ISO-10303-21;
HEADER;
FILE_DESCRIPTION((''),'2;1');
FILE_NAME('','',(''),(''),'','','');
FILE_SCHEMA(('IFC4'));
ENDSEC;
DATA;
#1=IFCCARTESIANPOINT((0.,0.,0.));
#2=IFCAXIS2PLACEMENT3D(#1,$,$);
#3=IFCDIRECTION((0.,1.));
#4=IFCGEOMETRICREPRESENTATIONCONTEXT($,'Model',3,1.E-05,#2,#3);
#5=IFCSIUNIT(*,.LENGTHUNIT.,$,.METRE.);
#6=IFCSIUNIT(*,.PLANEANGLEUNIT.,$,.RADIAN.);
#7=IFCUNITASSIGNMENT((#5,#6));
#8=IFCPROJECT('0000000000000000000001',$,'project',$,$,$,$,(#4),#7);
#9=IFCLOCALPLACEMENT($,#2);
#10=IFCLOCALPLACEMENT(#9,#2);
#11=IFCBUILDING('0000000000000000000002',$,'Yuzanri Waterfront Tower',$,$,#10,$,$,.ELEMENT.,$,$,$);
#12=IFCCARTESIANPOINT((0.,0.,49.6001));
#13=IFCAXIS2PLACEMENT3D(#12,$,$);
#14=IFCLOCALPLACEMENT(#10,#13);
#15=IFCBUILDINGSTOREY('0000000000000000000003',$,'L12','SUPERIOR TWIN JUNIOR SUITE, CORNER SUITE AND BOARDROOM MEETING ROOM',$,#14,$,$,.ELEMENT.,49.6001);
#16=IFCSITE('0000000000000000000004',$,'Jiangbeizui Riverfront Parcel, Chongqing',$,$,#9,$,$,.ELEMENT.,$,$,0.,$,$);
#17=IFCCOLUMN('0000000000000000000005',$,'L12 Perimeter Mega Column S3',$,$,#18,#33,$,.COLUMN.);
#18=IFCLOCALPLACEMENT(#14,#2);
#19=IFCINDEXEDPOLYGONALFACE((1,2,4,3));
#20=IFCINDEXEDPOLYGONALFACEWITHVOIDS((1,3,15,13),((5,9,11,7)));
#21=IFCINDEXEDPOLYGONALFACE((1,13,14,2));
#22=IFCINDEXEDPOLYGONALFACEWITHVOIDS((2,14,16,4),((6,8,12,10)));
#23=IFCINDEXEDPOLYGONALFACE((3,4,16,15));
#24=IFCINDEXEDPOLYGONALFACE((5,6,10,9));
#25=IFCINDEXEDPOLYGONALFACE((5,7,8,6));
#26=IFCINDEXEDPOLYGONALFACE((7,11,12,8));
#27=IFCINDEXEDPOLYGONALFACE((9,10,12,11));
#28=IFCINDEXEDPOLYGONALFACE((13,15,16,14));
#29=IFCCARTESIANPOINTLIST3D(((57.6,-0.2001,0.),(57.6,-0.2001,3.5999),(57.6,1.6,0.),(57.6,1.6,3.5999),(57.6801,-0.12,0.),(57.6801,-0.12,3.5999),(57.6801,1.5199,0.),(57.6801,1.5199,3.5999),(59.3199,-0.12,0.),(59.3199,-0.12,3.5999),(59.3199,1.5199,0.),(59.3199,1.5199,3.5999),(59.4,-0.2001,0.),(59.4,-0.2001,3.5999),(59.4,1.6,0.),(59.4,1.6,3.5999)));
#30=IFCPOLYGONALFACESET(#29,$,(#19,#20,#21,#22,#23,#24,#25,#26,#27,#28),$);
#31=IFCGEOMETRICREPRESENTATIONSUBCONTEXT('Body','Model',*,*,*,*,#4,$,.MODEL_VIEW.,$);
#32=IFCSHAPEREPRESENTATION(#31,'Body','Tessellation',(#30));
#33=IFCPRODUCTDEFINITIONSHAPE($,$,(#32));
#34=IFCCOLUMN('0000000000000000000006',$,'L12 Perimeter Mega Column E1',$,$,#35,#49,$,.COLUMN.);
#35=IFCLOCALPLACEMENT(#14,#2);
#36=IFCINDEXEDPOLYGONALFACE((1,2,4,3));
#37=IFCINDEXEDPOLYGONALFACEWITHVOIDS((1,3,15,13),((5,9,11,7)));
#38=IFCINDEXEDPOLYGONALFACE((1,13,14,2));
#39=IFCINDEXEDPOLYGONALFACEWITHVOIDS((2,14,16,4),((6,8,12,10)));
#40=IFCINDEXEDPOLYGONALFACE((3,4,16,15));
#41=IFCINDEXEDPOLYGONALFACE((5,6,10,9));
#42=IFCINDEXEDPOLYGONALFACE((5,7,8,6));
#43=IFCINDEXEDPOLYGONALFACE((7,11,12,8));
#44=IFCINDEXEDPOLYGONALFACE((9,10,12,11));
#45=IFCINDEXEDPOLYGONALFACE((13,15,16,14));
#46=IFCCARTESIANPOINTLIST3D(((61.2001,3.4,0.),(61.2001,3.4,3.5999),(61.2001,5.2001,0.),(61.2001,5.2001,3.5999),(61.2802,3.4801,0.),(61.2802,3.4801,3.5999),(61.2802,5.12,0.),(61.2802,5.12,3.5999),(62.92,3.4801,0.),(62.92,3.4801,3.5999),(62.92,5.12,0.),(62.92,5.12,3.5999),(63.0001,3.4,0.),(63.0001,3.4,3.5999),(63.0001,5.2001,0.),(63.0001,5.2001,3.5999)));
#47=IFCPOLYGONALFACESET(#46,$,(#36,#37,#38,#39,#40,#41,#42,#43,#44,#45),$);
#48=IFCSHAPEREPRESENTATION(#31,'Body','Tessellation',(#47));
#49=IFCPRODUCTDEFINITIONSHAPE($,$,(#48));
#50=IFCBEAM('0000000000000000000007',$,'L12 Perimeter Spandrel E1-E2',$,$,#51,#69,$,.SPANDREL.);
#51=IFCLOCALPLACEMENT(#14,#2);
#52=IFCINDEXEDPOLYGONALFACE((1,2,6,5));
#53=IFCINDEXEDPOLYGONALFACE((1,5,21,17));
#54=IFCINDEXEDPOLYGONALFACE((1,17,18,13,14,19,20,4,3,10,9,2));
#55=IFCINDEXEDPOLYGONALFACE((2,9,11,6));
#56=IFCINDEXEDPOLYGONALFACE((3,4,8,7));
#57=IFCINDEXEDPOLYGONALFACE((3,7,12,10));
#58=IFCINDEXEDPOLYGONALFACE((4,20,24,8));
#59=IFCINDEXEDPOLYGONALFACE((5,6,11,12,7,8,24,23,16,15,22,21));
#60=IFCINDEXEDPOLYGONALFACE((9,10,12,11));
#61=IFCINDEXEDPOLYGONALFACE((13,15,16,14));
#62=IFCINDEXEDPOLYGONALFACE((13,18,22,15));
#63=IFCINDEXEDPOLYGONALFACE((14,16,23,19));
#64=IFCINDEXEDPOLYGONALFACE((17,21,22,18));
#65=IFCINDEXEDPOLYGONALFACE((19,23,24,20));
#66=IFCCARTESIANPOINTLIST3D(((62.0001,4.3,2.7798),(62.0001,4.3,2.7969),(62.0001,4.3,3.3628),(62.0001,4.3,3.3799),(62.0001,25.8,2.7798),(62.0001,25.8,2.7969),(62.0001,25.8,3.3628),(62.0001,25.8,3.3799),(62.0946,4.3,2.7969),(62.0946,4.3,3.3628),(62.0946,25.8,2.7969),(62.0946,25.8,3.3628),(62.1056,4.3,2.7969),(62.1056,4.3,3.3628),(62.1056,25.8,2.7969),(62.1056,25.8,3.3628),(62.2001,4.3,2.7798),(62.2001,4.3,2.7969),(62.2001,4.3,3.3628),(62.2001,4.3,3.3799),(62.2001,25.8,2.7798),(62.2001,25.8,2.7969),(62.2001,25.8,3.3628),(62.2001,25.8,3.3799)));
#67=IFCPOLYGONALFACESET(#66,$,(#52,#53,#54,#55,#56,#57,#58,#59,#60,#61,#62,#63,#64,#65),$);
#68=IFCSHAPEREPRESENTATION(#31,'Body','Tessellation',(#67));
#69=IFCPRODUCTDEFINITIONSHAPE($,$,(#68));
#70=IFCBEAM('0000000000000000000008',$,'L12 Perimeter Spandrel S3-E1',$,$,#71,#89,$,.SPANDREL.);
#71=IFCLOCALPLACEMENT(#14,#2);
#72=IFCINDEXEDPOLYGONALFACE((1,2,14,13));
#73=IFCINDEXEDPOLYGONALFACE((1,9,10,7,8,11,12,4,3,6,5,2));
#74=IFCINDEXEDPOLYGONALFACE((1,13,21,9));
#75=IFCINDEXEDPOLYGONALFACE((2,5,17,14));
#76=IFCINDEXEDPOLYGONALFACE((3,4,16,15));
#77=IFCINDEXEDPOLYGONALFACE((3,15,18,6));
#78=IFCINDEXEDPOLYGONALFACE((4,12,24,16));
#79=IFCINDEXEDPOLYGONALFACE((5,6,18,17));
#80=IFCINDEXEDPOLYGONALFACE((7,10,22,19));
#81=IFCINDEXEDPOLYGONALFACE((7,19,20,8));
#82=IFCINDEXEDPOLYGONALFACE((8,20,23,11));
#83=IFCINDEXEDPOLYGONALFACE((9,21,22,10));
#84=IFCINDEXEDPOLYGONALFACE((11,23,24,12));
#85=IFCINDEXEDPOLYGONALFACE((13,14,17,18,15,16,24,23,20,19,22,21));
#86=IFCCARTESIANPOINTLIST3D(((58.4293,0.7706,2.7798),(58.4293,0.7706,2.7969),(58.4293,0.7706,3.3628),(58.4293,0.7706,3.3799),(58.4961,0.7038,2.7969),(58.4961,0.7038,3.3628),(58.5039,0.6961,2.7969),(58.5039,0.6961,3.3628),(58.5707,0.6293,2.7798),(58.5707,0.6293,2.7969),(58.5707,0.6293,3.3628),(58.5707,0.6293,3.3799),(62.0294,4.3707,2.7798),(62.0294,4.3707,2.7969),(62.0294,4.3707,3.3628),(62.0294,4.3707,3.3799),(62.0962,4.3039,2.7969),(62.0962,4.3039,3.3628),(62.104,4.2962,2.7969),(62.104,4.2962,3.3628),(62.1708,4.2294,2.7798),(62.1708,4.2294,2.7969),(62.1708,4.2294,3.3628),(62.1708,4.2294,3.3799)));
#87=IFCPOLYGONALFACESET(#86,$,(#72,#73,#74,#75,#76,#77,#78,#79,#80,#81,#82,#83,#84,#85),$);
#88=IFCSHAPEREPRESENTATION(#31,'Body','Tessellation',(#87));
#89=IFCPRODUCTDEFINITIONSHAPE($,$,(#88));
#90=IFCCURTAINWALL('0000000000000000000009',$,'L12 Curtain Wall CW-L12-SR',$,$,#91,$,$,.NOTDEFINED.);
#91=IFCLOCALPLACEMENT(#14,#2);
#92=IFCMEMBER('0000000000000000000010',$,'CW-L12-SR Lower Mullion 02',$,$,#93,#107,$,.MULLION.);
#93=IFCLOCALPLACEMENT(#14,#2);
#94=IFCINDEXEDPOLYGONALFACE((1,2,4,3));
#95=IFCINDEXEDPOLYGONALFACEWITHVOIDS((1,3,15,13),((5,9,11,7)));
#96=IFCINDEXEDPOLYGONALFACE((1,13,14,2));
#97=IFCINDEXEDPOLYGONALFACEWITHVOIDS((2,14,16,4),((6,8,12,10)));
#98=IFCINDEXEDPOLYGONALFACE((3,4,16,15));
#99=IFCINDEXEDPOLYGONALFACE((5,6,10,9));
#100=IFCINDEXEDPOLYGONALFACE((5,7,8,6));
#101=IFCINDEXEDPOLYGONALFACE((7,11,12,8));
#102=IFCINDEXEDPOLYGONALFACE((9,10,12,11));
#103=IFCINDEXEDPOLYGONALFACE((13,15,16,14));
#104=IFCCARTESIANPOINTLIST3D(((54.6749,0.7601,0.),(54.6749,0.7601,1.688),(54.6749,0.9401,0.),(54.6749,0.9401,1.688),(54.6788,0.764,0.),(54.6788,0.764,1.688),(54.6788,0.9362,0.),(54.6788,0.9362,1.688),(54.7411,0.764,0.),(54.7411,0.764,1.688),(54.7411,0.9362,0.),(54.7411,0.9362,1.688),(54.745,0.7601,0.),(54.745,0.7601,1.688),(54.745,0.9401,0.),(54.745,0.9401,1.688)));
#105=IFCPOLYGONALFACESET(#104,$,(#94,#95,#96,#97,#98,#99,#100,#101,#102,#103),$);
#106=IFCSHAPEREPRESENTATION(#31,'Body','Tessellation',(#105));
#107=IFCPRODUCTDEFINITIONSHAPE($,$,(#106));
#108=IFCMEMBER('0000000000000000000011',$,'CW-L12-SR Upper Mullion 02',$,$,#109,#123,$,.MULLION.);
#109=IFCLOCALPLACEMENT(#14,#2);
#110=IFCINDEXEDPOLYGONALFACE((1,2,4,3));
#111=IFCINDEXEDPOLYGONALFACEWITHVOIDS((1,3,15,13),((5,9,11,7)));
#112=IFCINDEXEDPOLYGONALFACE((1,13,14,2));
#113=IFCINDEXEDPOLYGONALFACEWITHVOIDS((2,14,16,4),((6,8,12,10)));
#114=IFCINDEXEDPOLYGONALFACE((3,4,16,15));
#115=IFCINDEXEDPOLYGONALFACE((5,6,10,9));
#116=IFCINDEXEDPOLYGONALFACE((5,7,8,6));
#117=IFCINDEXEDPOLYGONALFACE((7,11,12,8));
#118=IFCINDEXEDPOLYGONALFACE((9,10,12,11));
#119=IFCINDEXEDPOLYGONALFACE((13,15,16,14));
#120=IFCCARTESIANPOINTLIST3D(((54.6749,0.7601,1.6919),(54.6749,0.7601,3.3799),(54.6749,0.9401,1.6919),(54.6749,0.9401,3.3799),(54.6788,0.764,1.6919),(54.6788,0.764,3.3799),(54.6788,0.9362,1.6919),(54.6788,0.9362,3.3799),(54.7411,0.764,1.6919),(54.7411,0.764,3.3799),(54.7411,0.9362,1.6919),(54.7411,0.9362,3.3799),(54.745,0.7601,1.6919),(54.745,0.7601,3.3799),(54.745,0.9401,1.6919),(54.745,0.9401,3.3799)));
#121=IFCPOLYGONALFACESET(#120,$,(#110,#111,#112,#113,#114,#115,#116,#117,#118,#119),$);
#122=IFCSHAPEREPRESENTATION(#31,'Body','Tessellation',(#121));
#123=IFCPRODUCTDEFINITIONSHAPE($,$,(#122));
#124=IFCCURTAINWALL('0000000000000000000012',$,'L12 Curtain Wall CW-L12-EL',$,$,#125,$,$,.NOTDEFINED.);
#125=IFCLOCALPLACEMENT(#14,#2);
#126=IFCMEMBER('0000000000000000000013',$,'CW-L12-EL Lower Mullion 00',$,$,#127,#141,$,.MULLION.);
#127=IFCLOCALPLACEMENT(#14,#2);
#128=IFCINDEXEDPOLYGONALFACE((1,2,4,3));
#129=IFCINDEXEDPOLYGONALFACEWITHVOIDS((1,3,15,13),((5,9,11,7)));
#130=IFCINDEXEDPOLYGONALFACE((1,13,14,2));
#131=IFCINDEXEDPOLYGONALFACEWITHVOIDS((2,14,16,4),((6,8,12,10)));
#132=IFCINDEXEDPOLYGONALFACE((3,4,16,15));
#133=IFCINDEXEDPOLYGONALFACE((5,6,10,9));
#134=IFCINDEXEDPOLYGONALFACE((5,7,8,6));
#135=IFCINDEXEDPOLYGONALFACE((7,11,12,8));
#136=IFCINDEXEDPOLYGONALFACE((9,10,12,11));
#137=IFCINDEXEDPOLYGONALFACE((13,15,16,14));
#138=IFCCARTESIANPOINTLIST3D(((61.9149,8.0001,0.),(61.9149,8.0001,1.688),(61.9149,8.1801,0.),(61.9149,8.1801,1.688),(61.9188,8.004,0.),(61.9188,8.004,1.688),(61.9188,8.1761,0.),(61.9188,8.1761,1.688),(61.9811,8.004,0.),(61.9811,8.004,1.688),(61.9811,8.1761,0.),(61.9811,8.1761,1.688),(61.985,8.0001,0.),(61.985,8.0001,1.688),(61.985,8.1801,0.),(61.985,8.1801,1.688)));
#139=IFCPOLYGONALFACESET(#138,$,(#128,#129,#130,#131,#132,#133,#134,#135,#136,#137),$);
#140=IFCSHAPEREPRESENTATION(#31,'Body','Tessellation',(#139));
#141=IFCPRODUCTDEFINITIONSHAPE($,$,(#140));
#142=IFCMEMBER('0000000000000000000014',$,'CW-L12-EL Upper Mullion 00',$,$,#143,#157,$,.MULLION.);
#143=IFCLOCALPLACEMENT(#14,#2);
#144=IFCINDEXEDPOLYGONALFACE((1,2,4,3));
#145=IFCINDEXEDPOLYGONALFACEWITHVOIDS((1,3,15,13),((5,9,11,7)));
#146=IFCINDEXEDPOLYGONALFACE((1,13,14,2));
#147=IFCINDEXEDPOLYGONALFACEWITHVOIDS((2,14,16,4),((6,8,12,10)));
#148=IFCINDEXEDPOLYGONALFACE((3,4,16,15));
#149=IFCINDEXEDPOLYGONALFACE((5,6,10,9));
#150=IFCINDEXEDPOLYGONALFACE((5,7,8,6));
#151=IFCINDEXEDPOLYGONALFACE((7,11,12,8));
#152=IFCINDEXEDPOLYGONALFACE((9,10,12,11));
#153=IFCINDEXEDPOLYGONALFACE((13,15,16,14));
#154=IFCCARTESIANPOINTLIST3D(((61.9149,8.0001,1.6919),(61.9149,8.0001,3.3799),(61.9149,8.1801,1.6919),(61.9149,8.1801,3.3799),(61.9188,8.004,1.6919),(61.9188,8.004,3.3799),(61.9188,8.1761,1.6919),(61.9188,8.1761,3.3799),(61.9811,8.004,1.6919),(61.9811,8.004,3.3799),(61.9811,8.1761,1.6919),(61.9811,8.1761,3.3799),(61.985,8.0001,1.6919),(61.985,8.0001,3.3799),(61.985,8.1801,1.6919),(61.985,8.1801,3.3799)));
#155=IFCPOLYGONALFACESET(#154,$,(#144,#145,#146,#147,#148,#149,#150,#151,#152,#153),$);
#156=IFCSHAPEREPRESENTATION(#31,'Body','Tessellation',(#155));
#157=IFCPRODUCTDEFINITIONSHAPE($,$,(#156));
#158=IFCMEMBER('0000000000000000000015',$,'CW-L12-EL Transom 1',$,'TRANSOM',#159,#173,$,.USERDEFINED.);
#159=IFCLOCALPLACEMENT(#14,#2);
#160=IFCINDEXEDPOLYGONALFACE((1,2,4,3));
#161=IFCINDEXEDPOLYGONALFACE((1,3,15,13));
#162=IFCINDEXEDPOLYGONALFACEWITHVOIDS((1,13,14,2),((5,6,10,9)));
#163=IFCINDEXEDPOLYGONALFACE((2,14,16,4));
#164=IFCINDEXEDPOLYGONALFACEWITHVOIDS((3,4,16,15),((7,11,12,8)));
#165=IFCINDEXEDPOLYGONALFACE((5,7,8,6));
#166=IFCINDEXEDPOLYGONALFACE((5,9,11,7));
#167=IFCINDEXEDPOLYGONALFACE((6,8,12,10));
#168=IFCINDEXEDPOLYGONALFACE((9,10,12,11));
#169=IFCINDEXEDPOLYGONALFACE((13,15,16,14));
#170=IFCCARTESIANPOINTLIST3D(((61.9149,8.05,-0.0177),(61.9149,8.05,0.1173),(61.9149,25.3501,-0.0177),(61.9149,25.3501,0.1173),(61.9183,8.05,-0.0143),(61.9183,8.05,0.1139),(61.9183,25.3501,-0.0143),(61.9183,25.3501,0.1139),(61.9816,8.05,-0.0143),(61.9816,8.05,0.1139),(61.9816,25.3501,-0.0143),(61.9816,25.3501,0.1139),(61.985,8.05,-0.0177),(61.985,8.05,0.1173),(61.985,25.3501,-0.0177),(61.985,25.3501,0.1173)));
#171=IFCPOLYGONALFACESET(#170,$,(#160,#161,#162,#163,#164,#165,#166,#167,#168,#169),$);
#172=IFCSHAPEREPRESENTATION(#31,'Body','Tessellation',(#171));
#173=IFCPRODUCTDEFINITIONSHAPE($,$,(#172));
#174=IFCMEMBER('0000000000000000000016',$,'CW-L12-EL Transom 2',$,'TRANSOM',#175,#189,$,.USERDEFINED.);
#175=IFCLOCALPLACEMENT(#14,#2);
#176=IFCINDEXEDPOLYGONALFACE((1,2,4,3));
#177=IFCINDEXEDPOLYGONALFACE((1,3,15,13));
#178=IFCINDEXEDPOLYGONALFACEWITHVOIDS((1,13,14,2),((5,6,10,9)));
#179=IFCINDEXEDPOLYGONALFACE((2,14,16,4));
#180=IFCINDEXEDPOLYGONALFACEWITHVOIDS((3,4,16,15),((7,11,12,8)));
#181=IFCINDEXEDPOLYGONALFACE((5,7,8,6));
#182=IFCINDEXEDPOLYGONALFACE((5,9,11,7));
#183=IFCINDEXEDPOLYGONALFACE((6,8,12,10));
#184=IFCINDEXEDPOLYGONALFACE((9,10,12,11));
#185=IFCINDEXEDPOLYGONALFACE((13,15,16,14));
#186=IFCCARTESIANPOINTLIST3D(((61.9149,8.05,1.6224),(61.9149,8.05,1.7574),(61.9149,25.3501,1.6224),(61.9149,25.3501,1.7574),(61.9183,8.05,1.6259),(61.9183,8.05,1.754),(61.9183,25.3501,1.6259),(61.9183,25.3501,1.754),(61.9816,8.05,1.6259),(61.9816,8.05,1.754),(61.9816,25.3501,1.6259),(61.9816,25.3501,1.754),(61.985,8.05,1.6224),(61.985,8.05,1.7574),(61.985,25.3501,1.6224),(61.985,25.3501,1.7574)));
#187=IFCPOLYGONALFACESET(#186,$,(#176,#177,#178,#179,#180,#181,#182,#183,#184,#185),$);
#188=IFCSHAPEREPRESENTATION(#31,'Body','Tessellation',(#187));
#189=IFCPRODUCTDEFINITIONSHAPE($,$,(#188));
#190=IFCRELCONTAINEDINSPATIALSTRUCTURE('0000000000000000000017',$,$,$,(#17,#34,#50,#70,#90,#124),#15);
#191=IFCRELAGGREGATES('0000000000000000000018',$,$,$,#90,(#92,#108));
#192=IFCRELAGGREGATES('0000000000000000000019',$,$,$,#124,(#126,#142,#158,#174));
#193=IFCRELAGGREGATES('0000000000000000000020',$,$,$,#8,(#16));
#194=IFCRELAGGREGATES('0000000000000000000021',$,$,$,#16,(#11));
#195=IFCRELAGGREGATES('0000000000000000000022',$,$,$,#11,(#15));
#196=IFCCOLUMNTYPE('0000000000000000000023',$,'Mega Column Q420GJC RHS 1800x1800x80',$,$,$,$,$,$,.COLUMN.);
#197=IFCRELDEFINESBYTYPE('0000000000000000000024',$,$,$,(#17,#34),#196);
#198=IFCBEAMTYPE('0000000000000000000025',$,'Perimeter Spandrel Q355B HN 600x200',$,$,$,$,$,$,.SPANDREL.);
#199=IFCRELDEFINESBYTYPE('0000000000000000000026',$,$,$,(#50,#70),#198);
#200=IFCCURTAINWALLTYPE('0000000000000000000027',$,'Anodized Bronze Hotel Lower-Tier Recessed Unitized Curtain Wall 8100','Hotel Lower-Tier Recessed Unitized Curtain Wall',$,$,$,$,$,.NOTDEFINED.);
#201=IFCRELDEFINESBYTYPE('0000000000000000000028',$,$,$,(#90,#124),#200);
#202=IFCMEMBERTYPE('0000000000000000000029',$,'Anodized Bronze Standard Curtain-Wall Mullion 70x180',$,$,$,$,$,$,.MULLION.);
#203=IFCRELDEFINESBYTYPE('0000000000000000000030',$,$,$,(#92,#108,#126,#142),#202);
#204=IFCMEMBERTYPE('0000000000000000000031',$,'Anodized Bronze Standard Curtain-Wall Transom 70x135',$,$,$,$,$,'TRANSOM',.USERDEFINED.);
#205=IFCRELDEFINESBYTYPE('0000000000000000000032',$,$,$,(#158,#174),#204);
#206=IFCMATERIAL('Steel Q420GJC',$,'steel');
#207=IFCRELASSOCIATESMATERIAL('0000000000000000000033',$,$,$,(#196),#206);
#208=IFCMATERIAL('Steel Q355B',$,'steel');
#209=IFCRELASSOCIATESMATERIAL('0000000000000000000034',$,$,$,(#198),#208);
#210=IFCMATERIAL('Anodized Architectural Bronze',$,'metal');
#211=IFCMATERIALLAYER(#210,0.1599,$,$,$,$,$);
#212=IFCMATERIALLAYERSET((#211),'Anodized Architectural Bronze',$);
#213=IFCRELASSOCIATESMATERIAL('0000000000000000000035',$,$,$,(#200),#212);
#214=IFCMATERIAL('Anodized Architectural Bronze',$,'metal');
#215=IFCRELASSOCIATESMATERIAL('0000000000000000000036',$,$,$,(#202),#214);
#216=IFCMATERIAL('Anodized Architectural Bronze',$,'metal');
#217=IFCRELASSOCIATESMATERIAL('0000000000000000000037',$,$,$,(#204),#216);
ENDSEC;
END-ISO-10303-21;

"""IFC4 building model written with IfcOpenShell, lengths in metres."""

from ifc_helpers import new_model, si_unit, direction, frame, origin, origin_2d, place, context, subcontext, project, spatial, hollow_rectangle, i_section, extrude, source, transform, mapped, material, layer, layer_set, material_profile, profile_set, type_object, element, aggregate, save


model = new_model("IFC4")

# Units and contexts
model_context = context("Model", 3, precision=1e-05, world=origin(), true_north=direction((0.0, 1.0)))
body_context = subcontext(model_context, "Body", "Model", "MODEL_VIEW")
ifc_project = project(units=[si_unit("LENGTHUNIT", "METRE"), si_unit("PLANEANGLEUNIT", "RADIAN")], contexts=[model_context])

# Site, building, storey
site_placement = place(None, origin())
site = spatial("IfcSite", under=ifc_project, at=site_placement, Name="Jiangbeizui Riverfront Parcel, Chongqing", CompositionType="ELEMENT", RefElevation=0.0)
building_placement = place(site_placement, origin())
building = spatial("IfcBuilding", under=site, at=building_placement, Name="Yuzanri Waterfront Tower", CompositionType="ELEMENT")
storey_placement = place(building_placement, frame((0.0, 0.0, 49.6001)))
storey = spatial("IfcBuildingStorey", under=building, at=storey_placement, Name="L12", Description="SUPERIOR TWIN JUNIOR SUITE, CORNER SUITE AND BOARDROOM MEETING ROOM", CompositionType="ELEMENT", Elevation=49.6001)

# Columns
ifc_material_1 = material(Name="Steel Q420GJC", Category="steel")
ifc_material_profile_1 = material_profile(ifc_material_1, hollow_rectangle(XDim=1.8, YDim=1.8, WallThickness=0.0801, at=origin_2d()), Name="RHS 1800x1800x80")
ifc_profile_set_1 = profile_set([ifc_material_profile_1], Name="Steel Q420GJC")
column_type = type_object("IfcColumnType", Name="Mega Column Q420GJC RHS 1800x1800x80", PredefinedType="COLUMN", material=ifc_profile_set_1)
shared_shape_1 = source(origin(), body_context, "Body", "SweptSolid", [
    extrude(hollow_rectangle(XDim=1.8, YDim=1.8, WallThickness=0.0801, at=origin_2d()), origin(), (0.0, 0.0, 1.0), 3.5999),
])
for number, where, z_axis, x_axis, name in (
    (1, (58.5, 0.7, 0.0), (0.0, 0.0, 1.0), (1.0, 0.0, 0.0), "L12 Perimeter Mega Column S3"),
    (2, (62.1001, 4.3, 0.0), (0.0, 0.0, 1.0), (1.0, 0.0, 0.0), "L12 Perimeter Mega Column E1"),
):
    element("IfcColumn", number, at=place(storey_placement, frame(where, z_axis=z_axis, x_axis=x_axis)), inside=storey, type_object=column_type, Name=name, PredefinedType="COLUMN", context=body_context, shape_type="MappedRepresentation", body=[
        mapped(shared_shape_1, transform((0.0, 0.0, 0.0), scale=1.0)),
    ])

# Beams
ifc_material_2 = material(Name="Steel Q355B", Category="steel")
ifc_material_profile_2 = material_profile(ifc_material_2, i_section(OverallWidth=0.2, OverallDepth=0.6001, WebThickness=0.011, FlangeThickness=0.0171, at=origin_2d()), Name="HN 600x200x11x17")
ifc_profile_set_2 = profile_set([ifc_material_profile_2], Name="Steel Q355B")
beam_type = type_object("IfcBeamType", Name="Perimeter Spandrel Q355B HN 600x200", PredefinedType="SPANDREL", material=ifc_profile_set_2)
shared_shape_2 = source(origin(), body_context, "Body", "SweptSolid", [
    extrude(i_section(OverallWidth=0.2, OverallDepth=0.6001, WebThickness=0.011, FlangeThickness=0.0171, at=origin_2d()), origin(), (0.0, 0.0, 1.0), 21.5),
])
beam_1_placement = place(storey_placement, frame((62.1001, 4.3, 3.0798), z_axis=(0.0, 1.0, 0.0), x_axis=(-1.0, 0.0, 0.0)))
element("IfcBeam", 3, at=beam_1_placement, inside=storey, type_object=beam_type, Name="L12 Perimeter Spandrel E1-E2", PredefinedType="SPANDREL", context=body_context, shape_type="MappedRepresentation", body=[
    mapped(shared_shape_2, transform((0.0, 0.0, 0.0), scale=1.0)),
])
shared_shape_3 = source(origin(), body_context, "Body", "SweptSolid", [
    extrude(i_section(OverallWidth=0.2, OverallDepth=0.6001, WebThickness=0.011, FlangeThickness=0.0171, at=origin_2d()), origin(), (0.0, 0.0, 1.0), 5.0913),
])
beam_2_placement = place(storey_placement, frame((58.5, 0.7, 3.0798), z_axis=(0.707107, 0.707107, 0.0), x_axis=(-0.707107, 0.707107, 0.0)))
element("IfcBeam", 4, at=beam_2_placement, inside=storey, type_object=beam_type, Name="L12 Perimeter Spandrel S3-E1", PredefinedType="SPANDREL", context=body_context, shape_type="MappedRepresentation", body=[
    mapped(shared_shape_3, transform((0.0, 0.0, 0.0), scale=1.0)),
])

# Curtain walls, members
ifc_material_3 = material(Name="Anodized Architectural Bronze", Category="metal")
ifc_layer_1 = layer(ifc_material_3, 0.1599)
ifc_layer_set_1 = layer_set([ifc_layer_1], Name="Anodized Architectural Bronze")
curtain_wall_type = type_object("IfcCurtainWallType", Name="Anodized Bronze Hotel Lower-Tier Recessed Unitized Curtain Wall 8100", Description="Hotel Lower-Tier Recessed Unitized Curtain Wall", PredefinedType="NOTDEFINED", material=ifc_layer_set_1)
curtain_wall_1_placement = place(storey_placement, origin())
curtain_wall_1 = element("IfcCurtainWall", 5, at=curtain_wall_1_placement, inside=storey, type_object=curtain_wall_type, Name="L12 Curtain Wall CW-L12-SR", PredefinedType="NOTDEFINED")
ifc_material_4 = material(Name="Anodized Architectural Bronze", Category="metal")
ifc_material_profile_3 = material_profile(ifc_material_4, hollow_rectangle(XDim=0.0701, YDim=0.1799, WallThickness=0.0039, at=origin_2d()), Name="CWM 70x180")
ifc_profile_set_3 = profile_set([ifc_material_profile_3], Name="Anodized Architectural Bronze")
member_type_1 = type_object("IfcMemberType", Name="Anodized Bronze Standard Curtain-Wall Mullion 70x180", PredefinedType="MULLION", material=ifc_profile_set_3)
shared_shape_4 = source(origin(), body_context, "Body", "SweptSolid", [
    extrude(hollow_rectangle(XDim=0.0701, YDim=0.1799, WallThickness=0.0039, at=origin_2d()), origin(), (0.0, 0.0, 1.0), 1.688),
])
member_1_placement = place(storey_placement, frame((54.71, 0.8501, 0.0), z_axis=(0.0, 0.0, 1.0), x_axis=(1.0, 0.0, 0.0)))
member_1 = element("IfcMember", 6, at=member_1_placement, type_object=member_type_1, Name="CW-L12-SR Lower Mullion 02", PredefinedType="MULLION", context=body_context, shape_type="MappedRepresentation", body=[
    mapped(shared_shape_4, transform((0.0, 0.0, 0.0), scale=1.0)),
])
member_2_placement = place(storey_placement, frame((54.71, 0.8501, 1.6919), z_axis=(0.0, 0.0, 1.0), x_axis=(1.0, 0.0, 0.0)))
member_2 = element("IfcMember", 7, at=member_2_placement, type_object=member_type_1, Name="CW-L12-SR Upper Mullion 02", PredefinedType="MULLION", context=body_context, shape_type="MappedRepresentation", body=[
    mapped(shared_shape_4, transform((0.0, 0.0, 0.0), scale=1.0)),
])
curtain_wall_2_placement = place(storey_placement, origin())
curtain_wall_2 = element("IfcCurtainWall", 8, at=curtain_wall_2_placement, inside=storey, type_object=curtain_wall_type, Name="L12 Curtain Wall CW-L12-EL", PredefinedType="NOTDEFINED")
member_3_placement = place(storey_placement, frame((61.95, 8.0901, 0.0), z_axis=(0.0, 0.0, 1.0), x_axis=(1.0, 0.0, 0.0)))
member_3 = element("IfcMember", 9, at=member_3_placement, type_object=member_type_1, Name="CW-L12-EL Lower Mullion 00", PredefinedType="MULLION", context=body_context, shape_type="MappedRepresentation", body=[
    mapped(shared_shape_4, transform((0.0, 0.0, 0.0), scale=1.0)),
])
member_4_placement = place(storey_placement, frame((61.95, 8.0901, 1.6919), z_axis=(0.0, 0.0, 1.0), x_axis=(1.0, 0.0, 0.0)))
member_4 = element("IfcMember", 10, at=member_4_placement, type_object=member_type_1, Name="CW-L12-EL Upper Mullion 00", PredefinedType="MULLION", context=body_context, shape_type="MappedRepresentation", body=[
    mapped(shared_shape_4, transform((0.0, 0.0, 0.0), scale=1.0)),
])
ifc_material_5 = material(Name="Anodized Architectural Bronze", Category="metal")
ifc_material_profile_4 = material_profile(ifc_material_5, hollow_rectangle(XDim=0.0701, YDim=0.135, WallThickness=0.0034, at=origin_2d()), Name="CWT 70x135")
ifc_profile_set_4 = profile_set([ifc_material_profile_4], Name="Anodized Architectural Bronze")
member_type_2 = type_object("IfcMemberType", Name="Anodized Bronze Standard Curtain-Wall Transom 70x135", ElementType="TRANSOM", PredefinedType="USERDEFINED", material=ifc_profile_set_4)
shared_shape_5 = source(origin(), body_context, "Body", "SweptSolid", [
    extrude(hollow_rectangle(XDim=0.0701, YDim=0.135, WallThickness=0.0034, at=origin_2d()), origin(), (0.0, 0.0, 1.0), 17.3),
])
member_5_placement = place(storey_placement, frame((61.95, 8.05, 0.0498), z_axis=(0.0, 1.0, 0.0), x_axis=(-1.0, 0.0, 0.0)))
member_5 = element("IfcMember", 11, at=member_5_placement, type_object=member_type_2, Name="CW-L12-EL Transom 1", ObjectType="TRANSOM", PredefinedType="USERDEFINED", context=body_context, shape_type="MappedRepresentation", body=[
    mapped(shared_shape_5, transform((0.0, 0.0, 0.0), scale=1.0)),
])
member_6_placement = place(storey_placement, frame((61.95, 8.05, 1.6899), z_axis=(0.0, 1.0, 0.0), x_axis=(-1.0, 0.0, 0.0)))
member_6 = element("IfcMember", 12, at=member_6_placement, type_object=member_type_2, Name="CW-L12-EL Transom 2", ObjectType="TRANSOM", PredefinedType="USERDEFINED", context=body_context, shape_type="MappedRepresentation", body=[
    mapped(shared_shape_5, transform((0.0, 0.0, 0.0), scale=1.0)),
])

aggregate(curtain_wall_1, [member_1, member_2])
aggregate(curtain_wall_2, [member_3, member_4, member_5, member_6])

save(model, "model.ifc")
